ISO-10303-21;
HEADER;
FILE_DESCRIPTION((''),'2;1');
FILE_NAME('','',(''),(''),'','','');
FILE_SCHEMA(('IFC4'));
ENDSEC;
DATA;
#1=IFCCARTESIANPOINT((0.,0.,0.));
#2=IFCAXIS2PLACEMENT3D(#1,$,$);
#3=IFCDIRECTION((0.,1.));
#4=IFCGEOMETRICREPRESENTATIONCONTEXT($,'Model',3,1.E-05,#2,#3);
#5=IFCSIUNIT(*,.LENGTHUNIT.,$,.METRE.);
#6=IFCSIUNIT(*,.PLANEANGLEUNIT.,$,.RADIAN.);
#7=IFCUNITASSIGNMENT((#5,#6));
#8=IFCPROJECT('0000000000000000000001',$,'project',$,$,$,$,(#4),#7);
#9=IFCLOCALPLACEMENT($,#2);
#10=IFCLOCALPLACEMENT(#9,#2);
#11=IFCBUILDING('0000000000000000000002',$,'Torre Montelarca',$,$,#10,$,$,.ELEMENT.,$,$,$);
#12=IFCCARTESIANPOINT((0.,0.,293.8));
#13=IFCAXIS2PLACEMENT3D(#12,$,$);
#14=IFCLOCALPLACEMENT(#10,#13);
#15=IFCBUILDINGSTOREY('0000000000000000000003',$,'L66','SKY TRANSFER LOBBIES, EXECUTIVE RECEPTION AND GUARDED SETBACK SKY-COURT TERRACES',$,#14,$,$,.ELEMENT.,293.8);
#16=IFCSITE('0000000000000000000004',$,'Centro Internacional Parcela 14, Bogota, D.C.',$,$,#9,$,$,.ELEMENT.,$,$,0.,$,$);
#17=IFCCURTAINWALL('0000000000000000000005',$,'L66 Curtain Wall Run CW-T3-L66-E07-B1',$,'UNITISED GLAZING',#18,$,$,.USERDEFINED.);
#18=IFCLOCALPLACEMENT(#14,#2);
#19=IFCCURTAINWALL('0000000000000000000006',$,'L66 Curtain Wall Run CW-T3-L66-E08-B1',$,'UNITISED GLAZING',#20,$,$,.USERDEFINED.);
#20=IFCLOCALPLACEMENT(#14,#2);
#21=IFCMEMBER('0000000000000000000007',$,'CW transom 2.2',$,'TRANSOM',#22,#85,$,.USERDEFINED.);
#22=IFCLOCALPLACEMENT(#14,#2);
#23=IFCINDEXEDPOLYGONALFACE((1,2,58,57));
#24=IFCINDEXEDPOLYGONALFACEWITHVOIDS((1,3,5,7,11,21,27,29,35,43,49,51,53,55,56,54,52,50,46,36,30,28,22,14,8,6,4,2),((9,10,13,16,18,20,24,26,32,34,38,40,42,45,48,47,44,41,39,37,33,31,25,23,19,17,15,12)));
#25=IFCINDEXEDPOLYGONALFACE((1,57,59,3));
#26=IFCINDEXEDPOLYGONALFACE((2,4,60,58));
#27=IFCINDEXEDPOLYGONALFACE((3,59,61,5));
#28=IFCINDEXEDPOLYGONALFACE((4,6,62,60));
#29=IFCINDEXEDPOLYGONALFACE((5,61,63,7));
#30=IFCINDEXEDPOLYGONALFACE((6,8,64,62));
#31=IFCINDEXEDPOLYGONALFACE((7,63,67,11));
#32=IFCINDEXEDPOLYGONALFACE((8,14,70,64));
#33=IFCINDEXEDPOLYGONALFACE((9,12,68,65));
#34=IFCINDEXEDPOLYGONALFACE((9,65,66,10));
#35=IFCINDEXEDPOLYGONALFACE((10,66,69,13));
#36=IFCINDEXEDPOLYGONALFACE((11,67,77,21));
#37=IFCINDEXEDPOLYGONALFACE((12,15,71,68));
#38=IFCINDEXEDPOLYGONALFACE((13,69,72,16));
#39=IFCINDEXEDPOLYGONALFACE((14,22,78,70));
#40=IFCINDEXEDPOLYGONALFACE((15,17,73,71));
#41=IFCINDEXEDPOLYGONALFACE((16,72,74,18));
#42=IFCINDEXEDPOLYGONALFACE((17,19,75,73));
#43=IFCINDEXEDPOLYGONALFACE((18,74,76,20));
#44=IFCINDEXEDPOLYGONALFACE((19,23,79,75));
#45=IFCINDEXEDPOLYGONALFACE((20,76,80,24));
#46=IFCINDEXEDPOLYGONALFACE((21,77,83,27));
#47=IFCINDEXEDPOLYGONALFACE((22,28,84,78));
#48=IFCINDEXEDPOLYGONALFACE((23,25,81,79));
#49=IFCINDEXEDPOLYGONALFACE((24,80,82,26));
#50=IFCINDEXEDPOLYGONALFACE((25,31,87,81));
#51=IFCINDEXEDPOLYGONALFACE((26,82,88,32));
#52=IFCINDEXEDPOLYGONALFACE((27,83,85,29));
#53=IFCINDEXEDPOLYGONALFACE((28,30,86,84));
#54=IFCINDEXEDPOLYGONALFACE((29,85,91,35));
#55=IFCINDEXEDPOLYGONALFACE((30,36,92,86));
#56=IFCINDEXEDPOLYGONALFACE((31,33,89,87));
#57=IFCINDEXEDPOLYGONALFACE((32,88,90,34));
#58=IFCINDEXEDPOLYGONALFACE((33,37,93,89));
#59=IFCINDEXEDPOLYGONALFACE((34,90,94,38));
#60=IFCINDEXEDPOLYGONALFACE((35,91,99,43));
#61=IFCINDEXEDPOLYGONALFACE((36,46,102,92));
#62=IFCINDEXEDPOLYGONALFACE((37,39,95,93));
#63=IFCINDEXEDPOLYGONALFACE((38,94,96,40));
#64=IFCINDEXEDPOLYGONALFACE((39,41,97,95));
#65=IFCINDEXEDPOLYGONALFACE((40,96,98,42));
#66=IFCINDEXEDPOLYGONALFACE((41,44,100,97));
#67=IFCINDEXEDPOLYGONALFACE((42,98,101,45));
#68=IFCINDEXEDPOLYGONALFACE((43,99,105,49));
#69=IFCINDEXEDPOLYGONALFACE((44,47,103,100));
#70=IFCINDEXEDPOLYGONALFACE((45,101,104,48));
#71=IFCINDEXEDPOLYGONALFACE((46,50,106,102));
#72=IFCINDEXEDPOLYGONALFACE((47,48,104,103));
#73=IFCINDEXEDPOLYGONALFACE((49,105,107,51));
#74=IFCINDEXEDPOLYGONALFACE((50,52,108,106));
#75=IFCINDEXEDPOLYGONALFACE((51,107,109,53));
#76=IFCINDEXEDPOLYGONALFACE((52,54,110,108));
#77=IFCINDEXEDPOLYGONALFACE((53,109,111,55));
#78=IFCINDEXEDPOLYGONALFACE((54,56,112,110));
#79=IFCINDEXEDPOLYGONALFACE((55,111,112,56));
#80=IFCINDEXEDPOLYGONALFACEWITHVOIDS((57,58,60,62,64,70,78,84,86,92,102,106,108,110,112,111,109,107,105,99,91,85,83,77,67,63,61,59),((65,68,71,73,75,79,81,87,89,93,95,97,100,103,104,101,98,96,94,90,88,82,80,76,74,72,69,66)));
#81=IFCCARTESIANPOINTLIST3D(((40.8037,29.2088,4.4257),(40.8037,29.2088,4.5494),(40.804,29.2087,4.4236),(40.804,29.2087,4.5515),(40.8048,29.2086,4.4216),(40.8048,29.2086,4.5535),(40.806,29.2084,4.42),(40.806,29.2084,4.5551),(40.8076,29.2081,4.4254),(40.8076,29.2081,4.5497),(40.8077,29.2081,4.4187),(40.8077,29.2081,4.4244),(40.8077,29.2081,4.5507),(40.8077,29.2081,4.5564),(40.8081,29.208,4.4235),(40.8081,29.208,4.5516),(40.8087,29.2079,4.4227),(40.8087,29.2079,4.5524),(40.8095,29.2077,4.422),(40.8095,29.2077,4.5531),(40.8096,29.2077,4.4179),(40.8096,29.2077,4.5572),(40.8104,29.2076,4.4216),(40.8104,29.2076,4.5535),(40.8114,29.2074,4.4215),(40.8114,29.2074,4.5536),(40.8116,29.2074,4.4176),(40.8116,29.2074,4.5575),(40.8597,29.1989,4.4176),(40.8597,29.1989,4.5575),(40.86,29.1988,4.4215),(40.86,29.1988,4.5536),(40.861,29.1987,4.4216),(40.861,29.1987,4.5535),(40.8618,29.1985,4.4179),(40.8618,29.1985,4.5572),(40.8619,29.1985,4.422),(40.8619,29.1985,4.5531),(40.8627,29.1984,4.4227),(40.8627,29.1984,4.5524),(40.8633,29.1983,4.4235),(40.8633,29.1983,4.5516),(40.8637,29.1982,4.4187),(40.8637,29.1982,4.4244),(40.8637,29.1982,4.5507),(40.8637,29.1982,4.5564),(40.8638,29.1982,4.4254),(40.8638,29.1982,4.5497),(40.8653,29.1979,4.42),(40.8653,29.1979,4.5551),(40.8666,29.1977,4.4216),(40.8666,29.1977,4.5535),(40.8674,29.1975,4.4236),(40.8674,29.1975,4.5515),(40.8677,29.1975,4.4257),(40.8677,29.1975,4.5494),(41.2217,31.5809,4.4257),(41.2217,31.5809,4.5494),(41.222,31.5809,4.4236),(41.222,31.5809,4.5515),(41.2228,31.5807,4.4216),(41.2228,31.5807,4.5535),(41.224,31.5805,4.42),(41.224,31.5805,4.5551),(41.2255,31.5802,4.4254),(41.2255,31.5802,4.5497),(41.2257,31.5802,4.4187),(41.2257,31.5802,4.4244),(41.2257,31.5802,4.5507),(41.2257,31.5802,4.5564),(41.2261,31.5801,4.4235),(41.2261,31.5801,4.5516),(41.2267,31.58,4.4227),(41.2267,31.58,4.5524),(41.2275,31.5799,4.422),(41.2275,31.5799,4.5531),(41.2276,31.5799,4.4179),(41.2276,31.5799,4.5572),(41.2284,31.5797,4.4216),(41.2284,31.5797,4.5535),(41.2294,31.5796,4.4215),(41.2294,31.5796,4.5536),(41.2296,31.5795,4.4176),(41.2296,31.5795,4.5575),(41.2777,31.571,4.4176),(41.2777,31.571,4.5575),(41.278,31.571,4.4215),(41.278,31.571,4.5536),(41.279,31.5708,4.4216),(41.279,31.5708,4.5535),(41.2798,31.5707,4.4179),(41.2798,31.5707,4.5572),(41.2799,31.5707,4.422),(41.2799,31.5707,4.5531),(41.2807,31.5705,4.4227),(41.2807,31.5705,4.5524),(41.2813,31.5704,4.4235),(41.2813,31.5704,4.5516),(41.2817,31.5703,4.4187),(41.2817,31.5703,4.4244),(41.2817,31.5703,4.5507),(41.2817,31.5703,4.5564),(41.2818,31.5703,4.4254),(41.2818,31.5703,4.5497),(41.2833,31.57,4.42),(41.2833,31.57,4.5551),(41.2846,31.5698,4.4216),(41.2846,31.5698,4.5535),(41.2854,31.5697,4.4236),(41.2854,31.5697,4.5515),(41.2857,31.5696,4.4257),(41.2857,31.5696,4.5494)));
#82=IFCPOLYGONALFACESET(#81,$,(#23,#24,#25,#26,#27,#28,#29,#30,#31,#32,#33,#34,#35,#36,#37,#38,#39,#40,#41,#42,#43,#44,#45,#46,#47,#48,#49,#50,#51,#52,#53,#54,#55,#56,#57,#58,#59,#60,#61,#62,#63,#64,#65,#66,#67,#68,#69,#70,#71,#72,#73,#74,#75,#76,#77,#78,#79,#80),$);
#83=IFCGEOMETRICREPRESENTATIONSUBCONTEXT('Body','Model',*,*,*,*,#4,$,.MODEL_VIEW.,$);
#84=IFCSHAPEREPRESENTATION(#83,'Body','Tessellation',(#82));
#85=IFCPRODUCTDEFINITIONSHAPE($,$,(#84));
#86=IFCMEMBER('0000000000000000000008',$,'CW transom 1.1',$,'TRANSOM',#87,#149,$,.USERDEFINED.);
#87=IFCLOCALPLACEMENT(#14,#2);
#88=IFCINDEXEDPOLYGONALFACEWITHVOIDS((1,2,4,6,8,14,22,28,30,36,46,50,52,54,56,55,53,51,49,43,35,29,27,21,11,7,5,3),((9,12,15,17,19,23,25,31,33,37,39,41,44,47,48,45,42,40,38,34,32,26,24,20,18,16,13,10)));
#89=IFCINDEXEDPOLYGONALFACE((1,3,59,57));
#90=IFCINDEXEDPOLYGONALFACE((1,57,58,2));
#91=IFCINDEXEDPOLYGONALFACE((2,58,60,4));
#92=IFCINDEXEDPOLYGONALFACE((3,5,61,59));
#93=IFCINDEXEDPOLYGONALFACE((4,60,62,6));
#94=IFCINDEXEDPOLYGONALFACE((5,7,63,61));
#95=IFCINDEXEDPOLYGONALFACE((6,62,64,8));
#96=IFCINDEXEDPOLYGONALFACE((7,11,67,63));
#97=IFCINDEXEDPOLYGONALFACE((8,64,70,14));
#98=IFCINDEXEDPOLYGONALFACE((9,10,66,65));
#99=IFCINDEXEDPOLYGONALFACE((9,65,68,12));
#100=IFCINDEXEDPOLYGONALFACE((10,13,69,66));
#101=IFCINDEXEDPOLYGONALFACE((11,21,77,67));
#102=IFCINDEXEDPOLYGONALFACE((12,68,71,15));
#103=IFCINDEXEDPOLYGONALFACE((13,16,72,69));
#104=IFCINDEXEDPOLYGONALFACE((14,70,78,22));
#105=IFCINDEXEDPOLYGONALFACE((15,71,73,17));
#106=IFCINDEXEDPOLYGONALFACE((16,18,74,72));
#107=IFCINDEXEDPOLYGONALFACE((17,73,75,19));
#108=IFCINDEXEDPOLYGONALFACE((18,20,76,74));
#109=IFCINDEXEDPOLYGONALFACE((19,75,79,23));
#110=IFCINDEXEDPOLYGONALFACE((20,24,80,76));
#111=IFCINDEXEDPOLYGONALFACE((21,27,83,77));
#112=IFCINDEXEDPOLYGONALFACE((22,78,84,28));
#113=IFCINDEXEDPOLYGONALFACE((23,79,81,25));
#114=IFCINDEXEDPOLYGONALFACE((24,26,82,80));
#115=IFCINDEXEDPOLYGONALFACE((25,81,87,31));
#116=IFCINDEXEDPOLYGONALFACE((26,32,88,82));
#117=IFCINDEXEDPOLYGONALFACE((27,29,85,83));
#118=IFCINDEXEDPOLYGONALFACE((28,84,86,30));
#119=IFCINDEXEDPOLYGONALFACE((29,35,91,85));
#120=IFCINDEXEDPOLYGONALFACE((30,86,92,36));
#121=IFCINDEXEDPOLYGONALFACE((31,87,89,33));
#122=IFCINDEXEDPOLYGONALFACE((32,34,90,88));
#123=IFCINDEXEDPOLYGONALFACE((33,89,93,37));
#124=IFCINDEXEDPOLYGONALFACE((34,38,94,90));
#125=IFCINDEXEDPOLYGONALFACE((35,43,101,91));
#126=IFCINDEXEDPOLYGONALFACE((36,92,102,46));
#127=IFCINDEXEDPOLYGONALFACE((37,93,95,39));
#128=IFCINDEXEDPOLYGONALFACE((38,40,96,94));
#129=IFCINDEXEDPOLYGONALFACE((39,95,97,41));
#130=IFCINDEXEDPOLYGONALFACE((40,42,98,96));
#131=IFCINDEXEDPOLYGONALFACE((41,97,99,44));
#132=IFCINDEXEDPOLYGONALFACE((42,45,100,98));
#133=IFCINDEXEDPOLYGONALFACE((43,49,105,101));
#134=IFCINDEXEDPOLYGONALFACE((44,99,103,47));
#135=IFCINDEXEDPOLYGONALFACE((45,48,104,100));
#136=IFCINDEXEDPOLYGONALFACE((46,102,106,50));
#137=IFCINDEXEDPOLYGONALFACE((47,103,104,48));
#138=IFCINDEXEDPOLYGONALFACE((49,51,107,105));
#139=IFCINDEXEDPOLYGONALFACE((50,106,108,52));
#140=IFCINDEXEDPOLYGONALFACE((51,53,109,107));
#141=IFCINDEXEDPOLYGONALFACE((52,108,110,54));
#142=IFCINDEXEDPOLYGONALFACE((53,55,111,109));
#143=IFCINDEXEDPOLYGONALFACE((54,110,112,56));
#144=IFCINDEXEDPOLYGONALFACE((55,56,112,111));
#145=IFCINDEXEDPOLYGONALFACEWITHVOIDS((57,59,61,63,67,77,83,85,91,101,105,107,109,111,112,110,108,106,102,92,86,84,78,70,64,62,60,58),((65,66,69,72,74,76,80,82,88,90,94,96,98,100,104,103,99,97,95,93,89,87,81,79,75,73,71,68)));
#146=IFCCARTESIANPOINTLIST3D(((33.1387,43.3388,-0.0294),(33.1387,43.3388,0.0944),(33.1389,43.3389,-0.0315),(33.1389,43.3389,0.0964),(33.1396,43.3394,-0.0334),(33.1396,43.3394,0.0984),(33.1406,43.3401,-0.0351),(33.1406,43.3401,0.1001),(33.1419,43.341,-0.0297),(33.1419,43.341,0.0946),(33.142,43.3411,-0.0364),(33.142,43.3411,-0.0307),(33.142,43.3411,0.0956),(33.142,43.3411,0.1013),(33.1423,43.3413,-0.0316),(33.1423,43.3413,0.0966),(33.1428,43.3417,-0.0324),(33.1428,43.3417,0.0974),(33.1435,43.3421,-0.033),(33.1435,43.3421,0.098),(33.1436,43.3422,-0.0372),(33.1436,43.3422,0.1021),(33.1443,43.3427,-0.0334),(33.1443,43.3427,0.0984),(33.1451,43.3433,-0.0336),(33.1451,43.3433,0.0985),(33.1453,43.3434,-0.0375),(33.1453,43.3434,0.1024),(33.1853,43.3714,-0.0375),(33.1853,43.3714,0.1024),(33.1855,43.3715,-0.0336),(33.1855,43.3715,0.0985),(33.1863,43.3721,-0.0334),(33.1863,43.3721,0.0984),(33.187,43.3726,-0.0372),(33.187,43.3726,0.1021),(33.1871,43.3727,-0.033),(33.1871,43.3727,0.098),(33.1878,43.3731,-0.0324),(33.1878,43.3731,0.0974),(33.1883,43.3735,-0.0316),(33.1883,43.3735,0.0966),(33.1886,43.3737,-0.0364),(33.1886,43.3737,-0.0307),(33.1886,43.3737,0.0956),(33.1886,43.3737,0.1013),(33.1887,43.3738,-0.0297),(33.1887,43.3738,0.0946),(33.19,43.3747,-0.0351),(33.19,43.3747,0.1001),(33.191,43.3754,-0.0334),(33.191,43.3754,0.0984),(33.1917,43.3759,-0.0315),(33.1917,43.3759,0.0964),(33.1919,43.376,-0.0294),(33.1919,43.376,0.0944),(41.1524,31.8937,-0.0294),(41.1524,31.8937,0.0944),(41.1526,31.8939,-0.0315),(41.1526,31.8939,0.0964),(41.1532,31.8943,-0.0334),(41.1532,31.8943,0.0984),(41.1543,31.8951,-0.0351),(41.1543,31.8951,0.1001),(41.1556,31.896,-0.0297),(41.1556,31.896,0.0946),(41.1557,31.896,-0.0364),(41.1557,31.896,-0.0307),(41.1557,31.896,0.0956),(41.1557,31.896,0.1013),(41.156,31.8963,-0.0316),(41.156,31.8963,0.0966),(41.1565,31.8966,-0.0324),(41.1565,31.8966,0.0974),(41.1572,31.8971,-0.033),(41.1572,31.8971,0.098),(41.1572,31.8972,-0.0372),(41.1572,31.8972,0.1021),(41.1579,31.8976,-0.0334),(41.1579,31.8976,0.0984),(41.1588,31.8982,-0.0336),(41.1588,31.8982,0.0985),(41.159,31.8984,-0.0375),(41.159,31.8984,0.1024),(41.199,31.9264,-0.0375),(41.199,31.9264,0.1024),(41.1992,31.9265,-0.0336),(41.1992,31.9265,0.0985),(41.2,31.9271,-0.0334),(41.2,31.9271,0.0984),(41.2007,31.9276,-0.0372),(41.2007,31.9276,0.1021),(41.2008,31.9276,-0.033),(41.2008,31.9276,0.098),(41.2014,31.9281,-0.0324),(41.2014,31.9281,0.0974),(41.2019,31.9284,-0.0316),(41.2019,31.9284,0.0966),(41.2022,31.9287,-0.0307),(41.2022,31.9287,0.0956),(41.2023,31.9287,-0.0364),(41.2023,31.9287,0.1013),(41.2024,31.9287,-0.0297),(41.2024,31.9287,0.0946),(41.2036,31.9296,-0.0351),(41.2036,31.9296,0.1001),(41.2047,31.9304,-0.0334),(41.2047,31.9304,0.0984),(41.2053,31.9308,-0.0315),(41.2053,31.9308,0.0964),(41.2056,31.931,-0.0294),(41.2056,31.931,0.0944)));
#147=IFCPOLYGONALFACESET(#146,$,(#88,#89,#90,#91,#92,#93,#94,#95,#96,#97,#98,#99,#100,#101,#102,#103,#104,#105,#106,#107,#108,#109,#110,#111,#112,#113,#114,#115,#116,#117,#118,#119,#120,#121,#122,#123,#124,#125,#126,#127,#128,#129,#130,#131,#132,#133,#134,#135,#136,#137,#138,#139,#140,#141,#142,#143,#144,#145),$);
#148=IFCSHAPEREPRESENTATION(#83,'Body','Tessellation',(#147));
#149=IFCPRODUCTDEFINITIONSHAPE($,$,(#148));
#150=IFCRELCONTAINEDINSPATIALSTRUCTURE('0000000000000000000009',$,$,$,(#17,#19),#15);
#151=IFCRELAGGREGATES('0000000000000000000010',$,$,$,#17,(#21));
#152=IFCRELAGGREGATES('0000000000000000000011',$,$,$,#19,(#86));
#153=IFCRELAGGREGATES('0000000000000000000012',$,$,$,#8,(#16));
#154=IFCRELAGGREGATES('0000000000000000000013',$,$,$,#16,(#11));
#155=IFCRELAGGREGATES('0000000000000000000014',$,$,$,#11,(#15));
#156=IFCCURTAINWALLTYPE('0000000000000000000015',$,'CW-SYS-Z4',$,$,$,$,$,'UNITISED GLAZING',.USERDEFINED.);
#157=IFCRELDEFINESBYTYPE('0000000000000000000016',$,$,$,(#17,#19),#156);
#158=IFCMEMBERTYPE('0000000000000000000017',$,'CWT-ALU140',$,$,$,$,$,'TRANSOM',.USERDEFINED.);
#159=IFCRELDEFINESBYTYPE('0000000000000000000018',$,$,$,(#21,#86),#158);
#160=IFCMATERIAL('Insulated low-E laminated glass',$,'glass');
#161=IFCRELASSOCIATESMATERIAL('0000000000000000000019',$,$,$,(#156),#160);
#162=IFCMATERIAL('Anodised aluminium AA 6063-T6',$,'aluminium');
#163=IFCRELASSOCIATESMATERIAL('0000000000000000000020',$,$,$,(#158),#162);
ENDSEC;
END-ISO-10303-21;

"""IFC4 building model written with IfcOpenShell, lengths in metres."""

from ifc_helpers import new_model, si_unit, direction, frame, origin, origin_2d, place, context, subcontext, project, spatial, hollow_rectangle, extrude, source, transform, mapped, material, material_profile, profile_set, type_object, element, aggregate, save


model = new_model("IFC4")

# Units and contexts
model_context = context("Model", 3, precision=1e-05, world=origin(), true_north=direction((0.0, 1.0)))
body_context = subcontext(model_context, "Body", "Model", "MODEL_VIEW")
ifc_project = project(units=[si_unit("LENGTHUNIT", "METRE"), si_unit("PLANEANGLEUNIT", "RADIAN")], contexts=[model_context])

# Site, building, storey
site_placement = place(None, origin())
site = spatial("IfcSite", under=ifc_project, at=site_placement, Name="Centro Internacional Parcela 14, Bogota, D.C.", CompositionType="ELEMENT", RefElevation=0.0)
building_placement = place(site_placement, origin())
building = spatial("IfcBuilding", under=site, at=building_placement, Name="Torre Montelarca", CompositionType="ELEMENT")
storey_placement = place(building_placement, frame((0.0, 0.0, 293.8)))
storey = spatial("IfcBuildingStorey", under=building, at=storey_placement, Name="L66", Description="SKY TRANSFER LOBBIES, EXECUTIVE RECEPTION AND GUARDED SETBACK SKY-COURT TERRACES", CompositionType="ELEMENT", Elevation=293.8)

# Curtain wall
ifc_material_1 = material(Name="Insulated low-E laminated glass", Category="glass")
curtain_wall_type = type_object("IfcCurtainWallType", Name="CW-SYS-Z4", ElementType="UNITISED GLAZING", PredefinedType="USERDEFINED", material=ifc_material_1)
curtain_wall_1_placement = place(storey_placement, origin())
curtain_wall_1 = element("IfcCurtainWall", 1, at=curtain_wall_1_placement, inside=storey, type_object=curtain_wall_type, Name="L66 Curtain Wall Run CW-T3-L66-E07-B1", ObjectType="UNITISED GLAZING", PredefinedType="USERDEFINED")
ifc_material_2 = material(Name="Anodised aluminium AA 6063-T6", Category="aluminium")

# Curtain wall
curtain_wall_2_placement = place(storey_placement, origin())
curtain_wall_2 = element("IfcCurtainWall", 2, at=curtain_wall_2_placement, inside=storey, type_object=curtain_wall_type, Name="L66 Curtain Wall Run CW-T3-L66-E08-B1", ObjectType="UNITISED GLAZING", PredefinedType="USERDEFINED")

# Members
ifc_material_profile_1 = material_profile(ifc_material_2, hollow_rectangle(XDim=0.0649, YDim=0.1399, WallThickness=0.0039, InnerFilletRadius=0.0039, OuterFilletRadius=0.0081, at=origin_2d()), Name="ALU65X140X4", Category="aluminium")
ifc_profile_set_1 = profile_set([ifc_material_profile_1], Name="Anodised aluminium AA 6063-T6")
member_type_1 = type_object("IfcMemberType", Name="CWT-ALU140", ElementType="TRANSOM", PredefinedType="USERDEFINED", material=ifc_profile_set_1)
shared_shape_1 = source(origin(), body_context, "Body", "SweptSolid", [
    extrude(hollow_rectangle(XDim=0.0649, YDim=0.1399, WallThickness=0.0039, InnerFilletRadius=0.0039, OuterFilletRadius=0.0081, at=origin_2d()), origin(), (0.0, 0.0, 1.0), 2.4087),
])
member_1_placement = place(storey_placement, frame((40.8357, 29.2031, 4.4875), z_axis=(0.173531, 0.984828, 0.0), x_axis=(-0.984828, 0.173531, 0.0)))
member_1 = element("IfcMember", 3, at=member_1_placement, type_object=member_type_1, Name="CW transom 2.2", ObjectType="TRANSOM", PredefinedType="USERDEFINED", context=body_context, shape_type="MappedRepresentation", body=[
    mapped(shared_shape_1, transform((0.0, 0.0, 0.0), scale=1.0)),
])
shared_shape_2 = source(origin(), body_context, "Body", "SweptSolid", [
    extrude(hollow_rectangle(XDim=0.0649, YDim=0.1399, WallThickness=0.0039, InnerFilletRadius=0.0039, OuterFilletRadius=0.0081, at=origin_2d()), origin(), (0.0, 0.0, 1.0), 13.9717),
])
member_2_placement = place(storey_placement, frame((41.179, 31.9124, 0.0325), z_axis=(-0.573564, 0.81916, 0.0), x_axis=(-0.81916, -0.573564, 0.0)))
member_2 = element("IfcMember", 4, at=member_2_placement, type_object=member_type_1, Name="CW transom 1.1", ObjectType="TRANSOM", PredefinedType="USERDEFINED", context=body_context, shape_type="MappedRepresentation", body=[
    mapped(shared_shape_2, transform((0.0, 0.0, 0.0), scale=1.0)),
])

aggregate(curtain_wall_1, [member_1])
aggregate(curtain_wall_2, [member_2])

save(model, "model.ifc")
